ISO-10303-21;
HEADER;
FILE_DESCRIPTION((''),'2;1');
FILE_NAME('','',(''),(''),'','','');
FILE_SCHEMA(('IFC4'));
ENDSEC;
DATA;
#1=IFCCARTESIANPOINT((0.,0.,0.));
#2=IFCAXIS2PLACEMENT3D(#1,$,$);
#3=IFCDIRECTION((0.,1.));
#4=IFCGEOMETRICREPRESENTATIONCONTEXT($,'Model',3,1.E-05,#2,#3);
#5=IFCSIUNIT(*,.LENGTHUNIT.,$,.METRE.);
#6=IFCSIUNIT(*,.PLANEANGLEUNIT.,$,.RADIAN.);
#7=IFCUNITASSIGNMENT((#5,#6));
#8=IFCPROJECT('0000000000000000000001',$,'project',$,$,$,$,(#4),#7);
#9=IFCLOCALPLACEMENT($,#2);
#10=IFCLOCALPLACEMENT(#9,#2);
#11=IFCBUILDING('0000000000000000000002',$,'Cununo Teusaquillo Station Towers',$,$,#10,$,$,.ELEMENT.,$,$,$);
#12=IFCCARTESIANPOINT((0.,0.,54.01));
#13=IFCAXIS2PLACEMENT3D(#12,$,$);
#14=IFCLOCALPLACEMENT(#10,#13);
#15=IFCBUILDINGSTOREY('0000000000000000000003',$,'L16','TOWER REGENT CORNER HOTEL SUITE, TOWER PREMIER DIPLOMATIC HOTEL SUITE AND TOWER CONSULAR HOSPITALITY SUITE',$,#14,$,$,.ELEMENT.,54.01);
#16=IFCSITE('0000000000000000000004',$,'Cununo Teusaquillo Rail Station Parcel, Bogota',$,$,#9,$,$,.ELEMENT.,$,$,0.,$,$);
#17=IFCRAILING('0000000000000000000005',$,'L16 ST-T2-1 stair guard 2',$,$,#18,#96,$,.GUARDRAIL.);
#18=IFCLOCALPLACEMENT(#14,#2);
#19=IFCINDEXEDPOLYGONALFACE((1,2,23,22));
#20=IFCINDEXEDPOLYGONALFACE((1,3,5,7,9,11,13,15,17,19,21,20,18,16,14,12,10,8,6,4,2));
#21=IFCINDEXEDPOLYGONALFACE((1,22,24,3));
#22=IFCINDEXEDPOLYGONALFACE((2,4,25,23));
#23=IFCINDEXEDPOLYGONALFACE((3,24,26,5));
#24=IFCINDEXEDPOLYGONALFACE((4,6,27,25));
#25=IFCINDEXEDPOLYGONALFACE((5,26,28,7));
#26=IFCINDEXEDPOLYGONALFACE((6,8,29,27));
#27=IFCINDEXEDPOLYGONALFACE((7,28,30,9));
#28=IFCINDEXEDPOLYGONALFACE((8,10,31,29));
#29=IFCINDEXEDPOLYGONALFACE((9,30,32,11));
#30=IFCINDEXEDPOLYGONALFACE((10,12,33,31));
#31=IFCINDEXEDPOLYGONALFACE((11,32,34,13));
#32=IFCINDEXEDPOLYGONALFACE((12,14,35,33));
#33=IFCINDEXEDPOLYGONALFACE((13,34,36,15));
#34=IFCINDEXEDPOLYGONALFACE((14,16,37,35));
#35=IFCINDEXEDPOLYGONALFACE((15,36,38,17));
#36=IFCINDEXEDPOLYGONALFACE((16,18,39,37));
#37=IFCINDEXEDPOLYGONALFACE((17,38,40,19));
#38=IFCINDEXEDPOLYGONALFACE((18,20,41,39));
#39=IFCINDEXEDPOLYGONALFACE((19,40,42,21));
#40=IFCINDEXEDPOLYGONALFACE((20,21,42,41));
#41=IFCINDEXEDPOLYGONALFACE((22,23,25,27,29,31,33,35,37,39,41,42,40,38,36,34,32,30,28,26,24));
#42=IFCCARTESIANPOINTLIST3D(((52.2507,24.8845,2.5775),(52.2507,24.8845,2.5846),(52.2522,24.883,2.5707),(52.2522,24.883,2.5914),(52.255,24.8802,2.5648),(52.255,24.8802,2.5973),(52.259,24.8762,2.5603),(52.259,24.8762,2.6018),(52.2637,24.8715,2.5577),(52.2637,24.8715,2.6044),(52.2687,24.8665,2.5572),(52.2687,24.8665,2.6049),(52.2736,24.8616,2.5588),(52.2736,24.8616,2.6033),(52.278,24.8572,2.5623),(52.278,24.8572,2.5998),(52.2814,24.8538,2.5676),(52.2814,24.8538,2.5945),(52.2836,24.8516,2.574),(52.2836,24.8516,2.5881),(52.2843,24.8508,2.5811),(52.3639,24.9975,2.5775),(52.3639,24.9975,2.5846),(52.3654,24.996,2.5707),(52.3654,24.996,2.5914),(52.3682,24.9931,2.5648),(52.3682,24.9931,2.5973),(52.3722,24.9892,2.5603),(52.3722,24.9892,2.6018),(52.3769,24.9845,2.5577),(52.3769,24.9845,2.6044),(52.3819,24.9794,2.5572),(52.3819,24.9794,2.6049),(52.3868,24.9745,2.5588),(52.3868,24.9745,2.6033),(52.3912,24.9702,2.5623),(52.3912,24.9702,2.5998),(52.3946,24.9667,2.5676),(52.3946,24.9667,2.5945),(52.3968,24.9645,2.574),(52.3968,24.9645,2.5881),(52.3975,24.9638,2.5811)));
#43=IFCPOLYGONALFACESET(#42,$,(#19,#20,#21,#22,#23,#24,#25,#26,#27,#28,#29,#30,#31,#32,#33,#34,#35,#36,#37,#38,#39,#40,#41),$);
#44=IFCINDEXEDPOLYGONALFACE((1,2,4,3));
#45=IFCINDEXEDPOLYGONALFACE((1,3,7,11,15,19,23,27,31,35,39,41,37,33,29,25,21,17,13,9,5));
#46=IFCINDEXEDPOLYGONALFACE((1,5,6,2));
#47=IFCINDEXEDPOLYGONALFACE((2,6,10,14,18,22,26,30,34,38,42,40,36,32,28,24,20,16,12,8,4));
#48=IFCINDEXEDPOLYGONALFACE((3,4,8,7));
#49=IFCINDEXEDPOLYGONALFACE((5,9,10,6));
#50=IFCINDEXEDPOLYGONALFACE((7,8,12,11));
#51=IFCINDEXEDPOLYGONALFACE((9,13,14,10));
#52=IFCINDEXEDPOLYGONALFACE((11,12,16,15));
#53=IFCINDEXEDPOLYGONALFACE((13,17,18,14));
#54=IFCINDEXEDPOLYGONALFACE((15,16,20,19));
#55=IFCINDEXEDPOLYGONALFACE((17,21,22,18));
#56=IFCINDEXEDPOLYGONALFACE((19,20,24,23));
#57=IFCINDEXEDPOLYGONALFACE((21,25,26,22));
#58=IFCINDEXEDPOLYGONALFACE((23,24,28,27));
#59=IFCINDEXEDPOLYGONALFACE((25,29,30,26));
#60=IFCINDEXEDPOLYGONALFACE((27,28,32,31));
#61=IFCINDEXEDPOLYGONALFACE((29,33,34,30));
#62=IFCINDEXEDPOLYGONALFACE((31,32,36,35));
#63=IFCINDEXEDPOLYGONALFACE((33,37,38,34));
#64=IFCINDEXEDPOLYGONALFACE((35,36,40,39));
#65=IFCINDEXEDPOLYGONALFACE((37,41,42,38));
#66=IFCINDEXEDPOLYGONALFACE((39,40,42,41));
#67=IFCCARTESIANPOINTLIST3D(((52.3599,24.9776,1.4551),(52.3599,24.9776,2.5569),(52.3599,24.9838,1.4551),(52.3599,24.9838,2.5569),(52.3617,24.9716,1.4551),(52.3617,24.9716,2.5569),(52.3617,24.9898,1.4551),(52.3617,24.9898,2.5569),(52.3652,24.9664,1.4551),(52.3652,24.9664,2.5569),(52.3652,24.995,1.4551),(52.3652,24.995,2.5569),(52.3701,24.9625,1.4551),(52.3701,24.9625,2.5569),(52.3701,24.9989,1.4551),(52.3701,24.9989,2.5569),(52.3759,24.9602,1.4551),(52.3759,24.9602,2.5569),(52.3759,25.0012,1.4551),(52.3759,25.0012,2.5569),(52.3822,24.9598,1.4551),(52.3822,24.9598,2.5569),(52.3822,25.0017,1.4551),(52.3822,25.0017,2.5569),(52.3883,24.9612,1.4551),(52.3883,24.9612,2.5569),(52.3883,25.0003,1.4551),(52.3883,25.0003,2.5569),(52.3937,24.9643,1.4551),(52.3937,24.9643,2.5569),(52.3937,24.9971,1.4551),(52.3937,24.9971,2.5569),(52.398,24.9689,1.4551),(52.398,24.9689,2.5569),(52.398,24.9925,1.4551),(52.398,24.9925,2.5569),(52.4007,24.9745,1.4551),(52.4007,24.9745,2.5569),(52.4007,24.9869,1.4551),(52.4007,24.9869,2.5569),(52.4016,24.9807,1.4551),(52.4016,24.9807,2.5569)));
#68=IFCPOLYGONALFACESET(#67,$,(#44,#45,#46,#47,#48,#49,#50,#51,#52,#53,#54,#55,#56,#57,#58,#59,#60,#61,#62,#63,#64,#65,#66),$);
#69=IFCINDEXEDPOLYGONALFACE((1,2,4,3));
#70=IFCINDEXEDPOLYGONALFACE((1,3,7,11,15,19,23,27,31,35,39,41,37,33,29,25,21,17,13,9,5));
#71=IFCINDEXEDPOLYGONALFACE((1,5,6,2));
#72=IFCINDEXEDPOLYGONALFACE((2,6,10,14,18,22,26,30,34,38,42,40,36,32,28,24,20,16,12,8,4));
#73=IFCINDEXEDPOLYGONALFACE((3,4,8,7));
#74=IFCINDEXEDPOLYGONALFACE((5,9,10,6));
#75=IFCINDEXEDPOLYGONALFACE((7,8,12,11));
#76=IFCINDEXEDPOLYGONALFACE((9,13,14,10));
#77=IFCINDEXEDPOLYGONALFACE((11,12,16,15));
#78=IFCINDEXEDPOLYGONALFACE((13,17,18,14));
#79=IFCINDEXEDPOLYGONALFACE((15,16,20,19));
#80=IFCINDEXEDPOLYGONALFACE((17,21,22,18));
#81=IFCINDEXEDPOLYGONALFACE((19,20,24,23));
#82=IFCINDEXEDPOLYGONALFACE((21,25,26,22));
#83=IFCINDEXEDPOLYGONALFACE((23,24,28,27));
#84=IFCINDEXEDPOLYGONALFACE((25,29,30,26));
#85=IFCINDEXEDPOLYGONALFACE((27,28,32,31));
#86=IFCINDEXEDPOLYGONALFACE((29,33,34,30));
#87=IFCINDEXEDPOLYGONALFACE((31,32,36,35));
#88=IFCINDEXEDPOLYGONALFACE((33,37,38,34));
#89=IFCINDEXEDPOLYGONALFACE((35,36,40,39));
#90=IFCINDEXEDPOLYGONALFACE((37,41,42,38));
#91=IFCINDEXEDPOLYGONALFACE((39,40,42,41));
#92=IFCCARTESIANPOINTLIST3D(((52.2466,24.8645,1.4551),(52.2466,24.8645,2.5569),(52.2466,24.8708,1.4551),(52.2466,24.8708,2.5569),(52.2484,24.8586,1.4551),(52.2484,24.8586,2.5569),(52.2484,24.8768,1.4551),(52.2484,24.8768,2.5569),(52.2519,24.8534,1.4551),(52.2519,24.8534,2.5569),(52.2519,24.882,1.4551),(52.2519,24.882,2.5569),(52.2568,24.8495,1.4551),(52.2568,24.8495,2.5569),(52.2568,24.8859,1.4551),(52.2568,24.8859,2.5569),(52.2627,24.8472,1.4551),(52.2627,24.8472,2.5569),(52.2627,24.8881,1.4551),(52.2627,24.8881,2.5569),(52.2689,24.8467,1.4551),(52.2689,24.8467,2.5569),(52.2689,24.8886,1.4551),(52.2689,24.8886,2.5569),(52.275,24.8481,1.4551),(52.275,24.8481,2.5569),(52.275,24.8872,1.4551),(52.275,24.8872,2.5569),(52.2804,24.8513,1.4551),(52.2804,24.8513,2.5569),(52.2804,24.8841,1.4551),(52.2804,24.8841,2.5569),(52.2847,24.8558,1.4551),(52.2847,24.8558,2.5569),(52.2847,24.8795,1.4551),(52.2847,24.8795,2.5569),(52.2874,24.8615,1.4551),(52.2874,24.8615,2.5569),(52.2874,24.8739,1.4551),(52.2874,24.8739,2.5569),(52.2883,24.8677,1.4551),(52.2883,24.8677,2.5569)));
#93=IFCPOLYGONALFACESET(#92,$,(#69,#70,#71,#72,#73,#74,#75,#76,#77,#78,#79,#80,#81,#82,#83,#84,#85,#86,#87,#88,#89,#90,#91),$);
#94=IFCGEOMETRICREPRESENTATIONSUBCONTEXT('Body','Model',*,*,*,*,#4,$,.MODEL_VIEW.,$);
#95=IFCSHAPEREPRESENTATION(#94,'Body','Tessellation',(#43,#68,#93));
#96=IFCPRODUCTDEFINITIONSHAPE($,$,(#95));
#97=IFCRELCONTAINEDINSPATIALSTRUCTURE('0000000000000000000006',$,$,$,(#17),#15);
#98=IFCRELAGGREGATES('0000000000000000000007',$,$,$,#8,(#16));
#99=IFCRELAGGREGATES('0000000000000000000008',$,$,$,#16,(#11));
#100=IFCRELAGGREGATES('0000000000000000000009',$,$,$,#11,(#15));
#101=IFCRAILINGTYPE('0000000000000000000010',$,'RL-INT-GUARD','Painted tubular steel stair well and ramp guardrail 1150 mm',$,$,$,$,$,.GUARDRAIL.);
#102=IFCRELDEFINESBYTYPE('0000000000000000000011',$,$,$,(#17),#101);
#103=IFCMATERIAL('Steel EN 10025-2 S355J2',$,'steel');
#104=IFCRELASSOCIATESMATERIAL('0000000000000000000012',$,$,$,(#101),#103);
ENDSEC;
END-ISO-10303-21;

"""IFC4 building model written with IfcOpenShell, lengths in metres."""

from ifc_helpers import new_model, si_unit, direction, frame, origin, origin_2d, place, context, subcontext, project, spatial, circle, extrude, material, type_object, element, save


model = new_model("IFC4")

# Units and contexts
model_context = context("Model", 3, precision=1e-05, world=origin(), true_north=direction((0.0, 1.0)))
body_context = subcontext(model_context, "Body", "Model", "MODEL_VIEW")
ifc_project = project(units=[si_unit("LENGTHUNIT", "METRE"), si_unit("PLANEANGLEUNIT", "RADIAN")], contexts=[model_context])

# Site, building, storey
site_placement = place(None, origin())
site = spatial("IfcSite", under=ifc_project, at=site_placement, Name="Cununo Teusaquillo Rail Station Parcel, Bogota", CompositionType="ELEMENT", RefElevation=0.0)
building_placement = place(site_placement, origin())
building = spatial("IfcBuilding", under=site, at=building_placement, Name="Cununo Teusaquillo Station Towers", CompositionType="ELEMENT")
storey_placement = place(building_placement, frame((0.0, 0.0, 54.01)))
storey = spatial("IfcBuildingStorey", under=building, at=storey_placement, Name="L16", Description="TOWER REGENT CORNER HOTEL SUITE, TOWER PREMIER DIPLOMATIC HOTEL SUITE AND TOWER CONSULAR HOSPITALITY SUITE", CompositionType="ELEMENT", Elevation=54.01)

# Railing
ifc_material_1 = material(Name="Steel EN 10025-2 S355J2", Category="steel")
railing_type_1 = type_object("IfcRailingType", Name="RL-INT-GUARD", Description="Painted tubular steel stair well and ramp guardrail 1150 mm", PredefinedType="GUARDRAIL", material=ifc_material_1)
railing_1_placement = place(storey_placement, frame((52.3806, 24.9807, 1.4551)))
element("IfcRailing", 1, at=railing_1_placement, inside=storey, type_object=railing_type_1, Name="L16 ST-T2-1 stair guard 2", PredefinedType="GUARDRAIL", context=body_context, shape_type="SweptSolid", body=[
    extrude(circle(Radius=0.0239, at=origin_2d()), frame((0.0, 0.0, 1.126), z_axis=(-0.707869, -0.706344, 0.0), x_axis=(0.706344, -0.707869, 0.0)), (0.0, 0.0, 1.0), 0.1599),
    extrude(circle(Radius=0.021, at=origin_2d()), origin(), (0.0, 0.0, 1.0), 1.1018),
    extrude(circle(Radius=0.021, at=origin_2d()), frame((-0.1133, -0.113, 0.0)), (0.0, 0.0, 1.0), 1.1018),
])

save(model, "model.ifc")
